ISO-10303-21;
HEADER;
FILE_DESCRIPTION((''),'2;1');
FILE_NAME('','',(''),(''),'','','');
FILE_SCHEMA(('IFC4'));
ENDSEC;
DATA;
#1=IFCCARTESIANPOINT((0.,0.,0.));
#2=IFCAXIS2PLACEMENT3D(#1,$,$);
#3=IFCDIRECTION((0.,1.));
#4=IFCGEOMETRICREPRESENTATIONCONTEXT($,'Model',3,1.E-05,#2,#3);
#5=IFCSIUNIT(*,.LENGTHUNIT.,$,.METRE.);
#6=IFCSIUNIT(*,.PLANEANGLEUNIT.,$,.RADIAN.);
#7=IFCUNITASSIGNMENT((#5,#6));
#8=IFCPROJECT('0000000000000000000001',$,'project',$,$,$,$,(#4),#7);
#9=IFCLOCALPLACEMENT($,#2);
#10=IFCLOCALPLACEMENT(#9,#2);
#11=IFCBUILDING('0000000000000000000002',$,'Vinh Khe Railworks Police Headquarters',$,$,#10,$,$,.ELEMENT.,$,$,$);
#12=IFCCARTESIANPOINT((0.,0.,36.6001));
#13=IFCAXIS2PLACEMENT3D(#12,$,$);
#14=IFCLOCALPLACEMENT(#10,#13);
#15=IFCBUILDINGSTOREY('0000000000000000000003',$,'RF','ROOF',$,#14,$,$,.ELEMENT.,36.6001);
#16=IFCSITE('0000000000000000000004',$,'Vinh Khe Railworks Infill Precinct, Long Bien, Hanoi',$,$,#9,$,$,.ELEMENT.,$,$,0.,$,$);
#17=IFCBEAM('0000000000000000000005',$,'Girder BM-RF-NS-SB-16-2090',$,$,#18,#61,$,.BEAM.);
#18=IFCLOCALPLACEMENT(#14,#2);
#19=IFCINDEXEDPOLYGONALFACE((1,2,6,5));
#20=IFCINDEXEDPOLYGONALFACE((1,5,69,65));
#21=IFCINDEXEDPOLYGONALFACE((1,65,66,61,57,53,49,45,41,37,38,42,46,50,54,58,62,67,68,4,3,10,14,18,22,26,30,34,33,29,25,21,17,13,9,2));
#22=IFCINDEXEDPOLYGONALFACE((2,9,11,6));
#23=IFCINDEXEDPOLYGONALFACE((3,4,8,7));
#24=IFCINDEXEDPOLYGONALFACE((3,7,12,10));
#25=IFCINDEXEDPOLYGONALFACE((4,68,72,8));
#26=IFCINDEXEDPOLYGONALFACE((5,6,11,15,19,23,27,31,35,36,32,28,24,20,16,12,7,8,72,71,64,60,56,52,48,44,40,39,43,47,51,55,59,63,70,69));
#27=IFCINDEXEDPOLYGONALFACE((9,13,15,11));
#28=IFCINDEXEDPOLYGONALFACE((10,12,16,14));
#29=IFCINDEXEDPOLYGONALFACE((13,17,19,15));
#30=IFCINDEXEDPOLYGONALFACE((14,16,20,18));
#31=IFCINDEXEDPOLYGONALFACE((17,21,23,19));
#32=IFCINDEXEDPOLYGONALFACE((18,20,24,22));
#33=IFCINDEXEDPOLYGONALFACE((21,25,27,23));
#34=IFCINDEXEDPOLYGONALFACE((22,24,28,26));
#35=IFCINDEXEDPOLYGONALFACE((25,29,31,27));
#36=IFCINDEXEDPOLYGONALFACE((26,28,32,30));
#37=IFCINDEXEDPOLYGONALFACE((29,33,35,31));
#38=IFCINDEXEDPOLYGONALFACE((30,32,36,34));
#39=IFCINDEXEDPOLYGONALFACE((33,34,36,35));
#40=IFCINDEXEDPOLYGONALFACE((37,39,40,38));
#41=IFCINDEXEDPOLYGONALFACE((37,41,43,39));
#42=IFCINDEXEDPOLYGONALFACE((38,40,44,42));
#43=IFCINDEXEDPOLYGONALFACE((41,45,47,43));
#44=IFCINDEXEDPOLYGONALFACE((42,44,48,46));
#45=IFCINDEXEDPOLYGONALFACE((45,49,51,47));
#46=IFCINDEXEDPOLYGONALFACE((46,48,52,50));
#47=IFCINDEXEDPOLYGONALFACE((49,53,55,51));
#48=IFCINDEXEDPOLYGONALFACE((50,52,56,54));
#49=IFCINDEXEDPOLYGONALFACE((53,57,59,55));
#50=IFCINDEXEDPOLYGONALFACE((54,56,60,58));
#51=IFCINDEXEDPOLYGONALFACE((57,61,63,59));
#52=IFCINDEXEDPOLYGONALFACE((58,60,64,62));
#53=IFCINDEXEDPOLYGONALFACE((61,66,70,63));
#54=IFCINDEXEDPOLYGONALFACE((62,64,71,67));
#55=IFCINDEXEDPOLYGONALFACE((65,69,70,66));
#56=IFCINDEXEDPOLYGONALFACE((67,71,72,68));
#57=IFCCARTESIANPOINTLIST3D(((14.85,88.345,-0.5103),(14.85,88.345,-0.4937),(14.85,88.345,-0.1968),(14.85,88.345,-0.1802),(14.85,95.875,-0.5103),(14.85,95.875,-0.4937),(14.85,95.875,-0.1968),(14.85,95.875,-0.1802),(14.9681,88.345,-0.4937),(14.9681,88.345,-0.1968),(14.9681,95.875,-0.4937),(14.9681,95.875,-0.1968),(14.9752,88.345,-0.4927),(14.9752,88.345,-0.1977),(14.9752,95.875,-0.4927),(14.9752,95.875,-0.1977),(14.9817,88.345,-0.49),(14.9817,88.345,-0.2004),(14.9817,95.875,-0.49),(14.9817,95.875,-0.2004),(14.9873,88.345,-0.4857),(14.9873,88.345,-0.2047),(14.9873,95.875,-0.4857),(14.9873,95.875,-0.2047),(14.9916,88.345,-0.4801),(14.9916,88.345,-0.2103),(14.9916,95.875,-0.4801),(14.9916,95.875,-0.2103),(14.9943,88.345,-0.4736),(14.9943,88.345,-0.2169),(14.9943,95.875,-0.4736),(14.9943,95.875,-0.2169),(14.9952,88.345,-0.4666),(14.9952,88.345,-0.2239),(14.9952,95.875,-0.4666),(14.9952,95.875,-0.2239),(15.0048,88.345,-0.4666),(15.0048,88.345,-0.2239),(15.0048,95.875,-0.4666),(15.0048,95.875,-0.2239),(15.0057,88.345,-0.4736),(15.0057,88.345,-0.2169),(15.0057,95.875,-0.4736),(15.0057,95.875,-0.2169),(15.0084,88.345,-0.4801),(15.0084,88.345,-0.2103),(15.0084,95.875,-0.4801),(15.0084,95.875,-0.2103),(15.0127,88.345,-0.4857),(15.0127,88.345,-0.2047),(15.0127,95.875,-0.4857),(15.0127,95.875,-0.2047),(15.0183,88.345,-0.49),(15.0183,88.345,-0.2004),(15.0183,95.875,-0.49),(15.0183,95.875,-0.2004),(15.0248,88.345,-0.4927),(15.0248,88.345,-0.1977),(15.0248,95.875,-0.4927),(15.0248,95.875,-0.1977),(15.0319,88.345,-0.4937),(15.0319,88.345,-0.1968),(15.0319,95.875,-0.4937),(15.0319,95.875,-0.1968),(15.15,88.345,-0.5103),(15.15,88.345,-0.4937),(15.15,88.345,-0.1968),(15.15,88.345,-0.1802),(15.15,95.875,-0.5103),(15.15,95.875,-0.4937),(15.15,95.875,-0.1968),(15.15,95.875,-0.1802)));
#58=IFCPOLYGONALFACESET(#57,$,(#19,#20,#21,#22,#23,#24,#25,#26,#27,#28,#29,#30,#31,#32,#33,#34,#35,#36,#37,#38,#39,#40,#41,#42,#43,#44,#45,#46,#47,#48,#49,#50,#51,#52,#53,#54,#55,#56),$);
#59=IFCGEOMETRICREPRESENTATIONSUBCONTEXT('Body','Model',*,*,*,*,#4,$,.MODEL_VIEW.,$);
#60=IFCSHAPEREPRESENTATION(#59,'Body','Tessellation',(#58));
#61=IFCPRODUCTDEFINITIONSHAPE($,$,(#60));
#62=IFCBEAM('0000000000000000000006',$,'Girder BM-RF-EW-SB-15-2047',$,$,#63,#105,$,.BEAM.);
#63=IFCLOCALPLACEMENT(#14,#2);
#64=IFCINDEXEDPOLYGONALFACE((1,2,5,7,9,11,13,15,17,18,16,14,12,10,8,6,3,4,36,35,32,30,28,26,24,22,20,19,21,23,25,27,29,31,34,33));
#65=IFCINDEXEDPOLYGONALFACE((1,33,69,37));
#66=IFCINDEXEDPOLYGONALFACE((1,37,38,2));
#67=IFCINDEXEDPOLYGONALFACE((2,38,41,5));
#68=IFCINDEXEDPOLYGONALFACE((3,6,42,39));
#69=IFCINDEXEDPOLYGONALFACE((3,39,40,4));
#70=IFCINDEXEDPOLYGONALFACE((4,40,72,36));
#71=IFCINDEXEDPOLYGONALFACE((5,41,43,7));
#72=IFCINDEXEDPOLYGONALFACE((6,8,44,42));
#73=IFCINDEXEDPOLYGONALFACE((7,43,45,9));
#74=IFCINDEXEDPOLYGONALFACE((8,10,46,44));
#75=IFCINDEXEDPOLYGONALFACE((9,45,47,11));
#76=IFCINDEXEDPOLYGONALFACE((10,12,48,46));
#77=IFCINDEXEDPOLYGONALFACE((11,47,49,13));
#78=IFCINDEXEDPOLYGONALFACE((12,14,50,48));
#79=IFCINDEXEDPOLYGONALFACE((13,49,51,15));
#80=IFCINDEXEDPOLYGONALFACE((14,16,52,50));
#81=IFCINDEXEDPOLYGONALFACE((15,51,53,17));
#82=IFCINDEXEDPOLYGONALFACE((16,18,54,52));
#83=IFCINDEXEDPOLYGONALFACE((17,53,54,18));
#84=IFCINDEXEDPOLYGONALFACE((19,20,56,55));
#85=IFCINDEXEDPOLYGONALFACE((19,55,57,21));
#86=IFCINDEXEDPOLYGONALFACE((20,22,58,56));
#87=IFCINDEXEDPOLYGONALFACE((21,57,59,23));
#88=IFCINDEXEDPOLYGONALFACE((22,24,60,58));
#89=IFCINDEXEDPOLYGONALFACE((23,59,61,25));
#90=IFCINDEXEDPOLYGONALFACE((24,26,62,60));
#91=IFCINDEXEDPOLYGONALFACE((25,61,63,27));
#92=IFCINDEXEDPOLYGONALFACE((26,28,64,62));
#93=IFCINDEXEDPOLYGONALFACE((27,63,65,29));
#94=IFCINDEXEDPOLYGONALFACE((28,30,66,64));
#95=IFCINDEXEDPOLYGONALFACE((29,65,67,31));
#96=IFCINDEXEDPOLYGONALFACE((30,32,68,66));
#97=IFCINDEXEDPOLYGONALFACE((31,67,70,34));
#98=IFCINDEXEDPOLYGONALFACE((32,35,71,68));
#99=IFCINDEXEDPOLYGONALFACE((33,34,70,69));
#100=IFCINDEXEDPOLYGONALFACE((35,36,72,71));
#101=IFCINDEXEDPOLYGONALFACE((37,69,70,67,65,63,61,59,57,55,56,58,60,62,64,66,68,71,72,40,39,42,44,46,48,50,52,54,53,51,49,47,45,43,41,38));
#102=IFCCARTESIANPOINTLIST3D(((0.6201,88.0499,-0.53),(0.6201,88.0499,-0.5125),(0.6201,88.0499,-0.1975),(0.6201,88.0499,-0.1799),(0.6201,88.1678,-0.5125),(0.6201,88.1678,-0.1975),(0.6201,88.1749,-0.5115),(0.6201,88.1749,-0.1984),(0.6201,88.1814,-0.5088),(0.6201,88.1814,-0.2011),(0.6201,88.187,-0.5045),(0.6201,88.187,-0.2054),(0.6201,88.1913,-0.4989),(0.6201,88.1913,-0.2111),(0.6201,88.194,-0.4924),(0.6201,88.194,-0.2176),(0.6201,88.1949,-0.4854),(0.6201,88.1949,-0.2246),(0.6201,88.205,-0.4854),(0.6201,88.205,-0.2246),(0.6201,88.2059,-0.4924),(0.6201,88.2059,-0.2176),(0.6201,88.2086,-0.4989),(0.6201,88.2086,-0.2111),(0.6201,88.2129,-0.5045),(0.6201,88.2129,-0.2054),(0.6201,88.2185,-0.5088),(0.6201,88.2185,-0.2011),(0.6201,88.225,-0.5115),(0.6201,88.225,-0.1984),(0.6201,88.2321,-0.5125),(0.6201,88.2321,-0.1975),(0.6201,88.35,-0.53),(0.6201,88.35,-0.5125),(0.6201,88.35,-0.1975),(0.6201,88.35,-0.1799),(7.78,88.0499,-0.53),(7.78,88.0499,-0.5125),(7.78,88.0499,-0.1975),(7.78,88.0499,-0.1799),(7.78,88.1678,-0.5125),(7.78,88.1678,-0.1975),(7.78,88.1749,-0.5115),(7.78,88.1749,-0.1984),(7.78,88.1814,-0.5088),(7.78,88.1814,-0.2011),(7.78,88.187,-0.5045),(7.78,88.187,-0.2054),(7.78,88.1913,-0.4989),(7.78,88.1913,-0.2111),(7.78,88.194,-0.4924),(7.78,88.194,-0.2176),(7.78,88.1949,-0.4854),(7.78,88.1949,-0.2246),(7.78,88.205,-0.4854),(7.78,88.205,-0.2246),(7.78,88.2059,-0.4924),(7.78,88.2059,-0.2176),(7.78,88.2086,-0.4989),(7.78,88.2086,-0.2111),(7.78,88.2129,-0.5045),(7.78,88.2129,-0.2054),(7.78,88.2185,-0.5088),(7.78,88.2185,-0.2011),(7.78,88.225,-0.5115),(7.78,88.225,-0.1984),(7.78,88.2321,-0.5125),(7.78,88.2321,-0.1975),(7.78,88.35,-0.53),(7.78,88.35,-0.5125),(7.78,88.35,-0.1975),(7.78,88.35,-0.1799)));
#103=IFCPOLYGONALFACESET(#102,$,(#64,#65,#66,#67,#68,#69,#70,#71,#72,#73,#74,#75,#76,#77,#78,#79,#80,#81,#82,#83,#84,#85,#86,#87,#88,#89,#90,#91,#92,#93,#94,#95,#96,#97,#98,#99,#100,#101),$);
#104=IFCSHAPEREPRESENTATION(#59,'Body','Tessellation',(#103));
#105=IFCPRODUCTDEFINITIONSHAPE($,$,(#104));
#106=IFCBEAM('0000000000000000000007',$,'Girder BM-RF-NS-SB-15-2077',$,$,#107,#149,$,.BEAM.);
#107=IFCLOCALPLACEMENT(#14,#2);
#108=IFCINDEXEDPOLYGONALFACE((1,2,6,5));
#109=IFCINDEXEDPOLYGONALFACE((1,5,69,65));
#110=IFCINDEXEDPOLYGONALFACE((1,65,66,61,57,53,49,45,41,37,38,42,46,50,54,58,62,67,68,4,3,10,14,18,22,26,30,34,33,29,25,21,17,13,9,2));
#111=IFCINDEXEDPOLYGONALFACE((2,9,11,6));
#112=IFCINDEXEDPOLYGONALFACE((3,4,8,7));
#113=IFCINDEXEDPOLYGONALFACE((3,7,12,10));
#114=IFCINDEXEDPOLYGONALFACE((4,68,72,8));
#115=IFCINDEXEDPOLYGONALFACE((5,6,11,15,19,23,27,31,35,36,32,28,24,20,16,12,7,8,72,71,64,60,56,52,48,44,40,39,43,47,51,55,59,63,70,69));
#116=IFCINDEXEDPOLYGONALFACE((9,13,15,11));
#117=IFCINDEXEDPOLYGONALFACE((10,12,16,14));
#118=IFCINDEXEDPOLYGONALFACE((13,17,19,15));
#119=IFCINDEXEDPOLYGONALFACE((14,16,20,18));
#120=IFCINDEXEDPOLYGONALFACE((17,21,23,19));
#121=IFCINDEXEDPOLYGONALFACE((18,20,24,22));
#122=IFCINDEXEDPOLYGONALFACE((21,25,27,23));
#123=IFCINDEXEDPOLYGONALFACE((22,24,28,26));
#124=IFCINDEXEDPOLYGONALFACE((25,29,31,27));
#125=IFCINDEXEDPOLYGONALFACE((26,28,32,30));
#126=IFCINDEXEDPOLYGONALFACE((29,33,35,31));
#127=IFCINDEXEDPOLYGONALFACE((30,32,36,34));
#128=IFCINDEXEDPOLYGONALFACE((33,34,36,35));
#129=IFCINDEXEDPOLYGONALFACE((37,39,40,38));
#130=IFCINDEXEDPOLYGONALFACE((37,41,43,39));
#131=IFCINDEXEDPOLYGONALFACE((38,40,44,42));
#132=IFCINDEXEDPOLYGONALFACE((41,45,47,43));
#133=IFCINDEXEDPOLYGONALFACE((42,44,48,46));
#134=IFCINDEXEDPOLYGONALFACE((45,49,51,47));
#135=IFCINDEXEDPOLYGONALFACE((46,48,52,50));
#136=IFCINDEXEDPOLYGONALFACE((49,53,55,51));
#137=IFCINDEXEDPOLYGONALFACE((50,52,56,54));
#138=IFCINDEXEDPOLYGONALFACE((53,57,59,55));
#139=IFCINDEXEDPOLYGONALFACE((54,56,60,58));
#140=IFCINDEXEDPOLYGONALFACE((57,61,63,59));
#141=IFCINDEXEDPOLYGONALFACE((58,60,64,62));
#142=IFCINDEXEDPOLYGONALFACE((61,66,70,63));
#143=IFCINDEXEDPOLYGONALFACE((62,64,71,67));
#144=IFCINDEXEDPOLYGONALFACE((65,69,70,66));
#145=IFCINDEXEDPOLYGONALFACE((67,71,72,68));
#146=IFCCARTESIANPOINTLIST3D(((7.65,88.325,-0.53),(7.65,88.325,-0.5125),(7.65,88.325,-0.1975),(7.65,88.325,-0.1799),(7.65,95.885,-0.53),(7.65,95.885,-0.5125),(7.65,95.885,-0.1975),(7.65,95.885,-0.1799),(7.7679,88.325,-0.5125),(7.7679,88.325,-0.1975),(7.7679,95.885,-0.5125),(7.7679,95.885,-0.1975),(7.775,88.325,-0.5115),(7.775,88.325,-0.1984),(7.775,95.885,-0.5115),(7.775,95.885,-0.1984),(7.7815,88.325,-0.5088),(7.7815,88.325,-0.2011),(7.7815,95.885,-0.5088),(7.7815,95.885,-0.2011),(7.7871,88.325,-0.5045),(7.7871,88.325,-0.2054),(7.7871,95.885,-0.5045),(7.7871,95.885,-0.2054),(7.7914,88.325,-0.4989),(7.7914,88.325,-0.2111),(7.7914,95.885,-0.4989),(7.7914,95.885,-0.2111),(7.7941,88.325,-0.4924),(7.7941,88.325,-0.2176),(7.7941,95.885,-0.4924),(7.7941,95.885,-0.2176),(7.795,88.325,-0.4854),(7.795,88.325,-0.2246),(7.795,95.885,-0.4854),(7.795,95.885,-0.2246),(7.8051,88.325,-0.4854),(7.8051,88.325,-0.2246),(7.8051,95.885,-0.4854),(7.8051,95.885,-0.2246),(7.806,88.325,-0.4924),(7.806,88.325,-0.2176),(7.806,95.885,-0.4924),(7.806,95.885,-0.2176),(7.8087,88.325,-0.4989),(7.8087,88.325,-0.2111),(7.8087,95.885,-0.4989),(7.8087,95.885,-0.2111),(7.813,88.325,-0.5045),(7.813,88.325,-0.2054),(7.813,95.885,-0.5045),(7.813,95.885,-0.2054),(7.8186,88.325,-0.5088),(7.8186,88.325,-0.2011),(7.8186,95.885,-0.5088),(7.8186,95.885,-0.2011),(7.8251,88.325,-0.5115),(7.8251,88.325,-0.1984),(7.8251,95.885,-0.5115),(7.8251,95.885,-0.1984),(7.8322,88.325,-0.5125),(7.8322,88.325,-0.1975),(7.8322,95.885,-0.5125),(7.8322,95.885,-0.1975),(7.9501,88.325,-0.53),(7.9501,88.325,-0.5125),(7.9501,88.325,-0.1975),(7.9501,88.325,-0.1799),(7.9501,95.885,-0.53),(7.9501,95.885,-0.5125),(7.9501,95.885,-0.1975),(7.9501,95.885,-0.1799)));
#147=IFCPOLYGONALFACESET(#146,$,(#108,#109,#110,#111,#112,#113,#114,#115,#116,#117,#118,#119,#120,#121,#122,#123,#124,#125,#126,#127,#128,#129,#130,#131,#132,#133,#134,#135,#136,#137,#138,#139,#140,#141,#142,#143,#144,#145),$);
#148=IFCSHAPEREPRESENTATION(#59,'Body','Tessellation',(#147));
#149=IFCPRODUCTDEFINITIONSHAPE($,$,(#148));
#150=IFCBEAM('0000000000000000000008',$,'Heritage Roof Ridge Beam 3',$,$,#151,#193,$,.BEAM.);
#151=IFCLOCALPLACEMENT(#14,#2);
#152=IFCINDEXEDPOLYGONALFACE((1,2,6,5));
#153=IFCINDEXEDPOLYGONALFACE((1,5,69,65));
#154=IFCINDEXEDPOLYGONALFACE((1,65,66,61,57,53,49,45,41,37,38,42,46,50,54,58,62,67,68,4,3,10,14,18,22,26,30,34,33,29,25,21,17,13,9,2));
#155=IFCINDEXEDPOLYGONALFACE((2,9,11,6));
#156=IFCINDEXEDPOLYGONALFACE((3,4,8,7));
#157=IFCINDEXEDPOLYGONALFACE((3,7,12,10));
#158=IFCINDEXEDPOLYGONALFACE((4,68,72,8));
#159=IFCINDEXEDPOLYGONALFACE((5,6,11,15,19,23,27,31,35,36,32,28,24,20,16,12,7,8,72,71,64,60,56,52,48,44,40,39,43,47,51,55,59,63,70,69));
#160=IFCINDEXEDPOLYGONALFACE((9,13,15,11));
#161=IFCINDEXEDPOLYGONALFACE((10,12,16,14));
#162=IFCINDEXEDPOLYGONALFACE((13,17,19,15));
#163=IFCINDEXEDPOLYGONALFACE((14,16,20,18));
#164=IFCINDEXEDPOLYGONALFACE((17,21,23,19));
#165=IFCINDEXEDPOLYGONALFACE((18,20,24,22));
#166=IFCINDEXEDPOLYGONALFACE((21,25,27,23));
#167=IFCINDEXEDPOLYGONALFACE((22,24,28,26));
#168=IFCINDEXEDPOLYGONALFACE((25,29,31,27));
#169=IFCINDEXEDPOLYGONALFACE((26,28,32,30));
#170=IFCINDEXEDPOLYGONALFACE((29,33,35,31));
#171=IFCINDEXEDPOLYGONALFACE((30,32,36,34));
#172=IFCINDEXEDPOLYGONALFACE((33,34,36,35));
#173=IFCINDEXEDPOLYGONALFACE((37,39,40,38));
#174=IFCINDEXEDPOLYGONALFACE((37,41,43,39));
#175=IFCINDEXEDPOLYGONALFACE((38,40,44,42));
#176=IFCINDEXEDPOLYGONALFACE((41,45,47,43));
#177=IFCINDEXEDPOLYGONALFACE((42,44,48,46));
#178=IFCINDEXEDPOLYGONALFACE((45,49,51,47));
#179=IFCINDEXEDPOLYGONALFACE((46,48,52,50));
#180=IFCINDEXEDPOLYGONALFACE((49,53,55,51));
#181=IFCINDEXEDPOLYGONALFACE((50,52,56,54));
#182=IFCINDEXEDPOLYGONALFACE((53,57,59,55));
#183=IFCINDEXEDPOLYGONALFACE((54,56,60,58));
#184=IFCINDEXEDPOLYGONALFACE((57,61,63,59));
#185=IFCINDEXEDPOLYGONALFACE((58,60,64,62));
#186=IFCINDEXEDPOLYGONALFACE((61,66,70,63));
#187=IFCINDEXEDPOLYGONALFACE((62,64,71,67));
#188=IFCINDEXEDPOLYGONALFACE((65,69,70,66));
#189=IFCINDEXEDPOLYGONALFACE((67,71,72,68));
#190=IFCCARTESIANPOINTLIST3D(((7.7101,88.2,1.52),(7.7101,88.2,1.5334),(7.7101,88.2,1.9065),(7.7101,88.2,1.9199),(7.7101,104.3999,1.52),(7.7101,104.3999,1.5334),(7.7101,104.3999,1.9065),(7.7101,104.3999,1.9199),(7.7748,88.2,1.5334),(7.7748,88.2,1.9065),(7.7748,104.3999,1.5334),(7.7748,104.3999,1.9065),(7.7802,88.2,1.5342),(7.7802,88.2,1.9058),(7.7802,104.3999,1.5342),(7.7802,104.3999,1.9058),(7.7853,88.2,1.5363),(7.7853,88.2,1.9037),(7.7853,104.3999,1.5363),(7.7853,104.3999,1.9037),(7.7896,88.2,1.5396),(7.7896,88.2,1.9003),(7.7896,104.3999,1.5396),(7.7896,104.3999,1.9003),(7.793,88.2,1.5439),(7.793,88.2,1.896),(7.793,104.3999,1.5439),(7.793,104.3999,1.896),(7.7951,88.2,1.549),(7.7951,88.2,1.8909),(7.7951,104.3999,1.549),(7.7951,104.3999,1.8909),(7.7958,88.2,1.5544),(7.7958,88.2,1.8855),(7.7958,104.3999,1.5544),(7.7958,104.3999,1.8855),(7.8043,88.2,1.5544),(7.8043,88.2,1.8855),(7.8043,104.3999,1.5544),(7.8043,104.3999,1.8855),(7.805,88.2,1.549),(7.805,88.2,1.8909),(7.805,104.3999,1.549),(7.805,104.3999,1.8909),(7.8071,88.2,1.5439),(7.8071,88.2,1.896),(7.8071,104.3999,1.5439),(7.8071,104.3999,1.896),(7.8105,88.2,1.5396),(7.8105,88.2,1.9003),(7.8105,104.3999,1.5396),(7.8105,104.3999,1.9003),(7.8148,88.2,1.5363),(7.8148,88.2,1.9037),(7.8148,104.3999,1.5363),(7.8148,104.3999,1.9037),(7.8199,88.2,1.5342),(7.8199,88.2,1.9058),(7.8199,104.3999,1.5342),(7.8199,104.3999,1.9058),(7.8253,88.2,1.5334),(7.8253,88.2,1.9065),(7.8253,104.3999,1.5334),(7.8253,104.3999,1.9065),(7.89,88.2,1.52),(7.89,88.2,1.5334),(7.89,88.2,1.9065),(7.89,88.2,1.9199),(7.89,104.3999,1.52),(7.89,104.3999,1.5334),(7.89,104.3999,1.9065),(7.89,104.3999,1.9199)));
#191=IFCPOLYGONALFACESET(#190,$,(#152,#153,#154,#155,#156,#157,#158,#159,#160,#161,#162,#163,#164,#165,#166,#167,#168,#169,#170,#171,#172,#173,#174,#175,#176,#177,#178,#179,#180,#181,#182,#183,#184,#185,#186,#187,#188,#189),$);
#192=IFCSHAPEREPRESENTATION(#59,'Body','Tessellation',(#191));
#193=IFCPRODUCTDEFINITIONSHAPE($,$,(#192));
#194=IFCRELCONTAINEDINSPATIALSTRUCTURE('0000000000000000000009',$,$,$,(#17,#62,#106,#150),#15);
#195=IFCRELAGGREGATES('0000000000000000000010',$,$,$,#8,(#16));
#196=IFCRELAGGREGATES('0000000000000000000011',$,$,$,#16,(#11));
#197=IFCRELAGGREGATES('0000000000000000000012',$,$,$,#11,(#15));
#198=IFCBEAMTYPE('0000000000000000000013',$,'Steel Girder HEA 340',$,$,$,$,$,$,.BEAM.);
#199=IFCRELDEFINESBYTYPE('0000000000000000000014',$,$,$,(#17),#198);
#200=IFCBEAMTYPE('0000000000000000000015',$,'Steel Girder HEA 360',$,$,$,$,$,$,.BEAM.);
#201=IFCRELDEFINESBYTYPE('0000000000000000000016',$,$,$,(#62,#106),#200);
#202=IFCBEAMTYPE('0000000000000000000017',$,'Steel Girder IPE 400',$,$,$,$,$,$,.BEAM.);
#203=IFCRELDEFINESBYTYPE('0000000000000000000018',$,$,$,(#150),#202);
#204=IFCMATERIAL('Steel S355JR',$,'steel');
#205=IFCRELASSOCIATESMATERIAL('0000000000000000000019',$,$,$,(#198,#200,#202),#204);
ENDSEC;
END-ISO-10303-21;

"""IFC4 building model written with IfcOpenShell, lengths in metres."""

from ifc_helpers import new_model, si_unit, direction, frame, origin, origin_2d, place, context, subcontext, project, spatial, i_section, extrude, material, material_profile, profile_set, type_object, element, save


model = new_model("IFC4")

# Units and contexts
model_context = context("Model", 3, precision=1e-05, world=origin(), true_north=direction((0.0, 1.0)))
body_context = subcontext(model_context, "Body", "Model", "MODEL_VIEW")
ifc_project = project(units=[si_unit("LENGTHUNIT", "METRE"), si_unit("PLANEANGLEUNIT", "RADIAN")], contexts=[model_context])

# Site, building, storey
site_placement = place(None, origin())
site = spatial("IfcSite", under=ifc_project, at=site_placement, Name="Vinh Khe Railworks Infill Precinct, Long Bien, Hanoi", CompositionType="ELEMENT", RefElevation=0.0)
building_placement = place(site_placement, origin())
building = spatial("IfcBuilding", under=site, at=building_placement, Name="Vinh Khe Railworks Police Headquarters", CompositionType="ELEMENT")
storey_placement = place(building_placement, frame((0.0, 0.0, 36.6001)))
storey = spatial("IfcBuildingStorey", under=building, at=storey_placement, Name="RF", Description="ROOF", CompositionType="ELEMENT", Elevation=36.6001)

# Shared definitions
ifc_material_1 = material(Name="Steel S355JR", Category="steel")

# Beams
ifc_material_profile_1 = material_profile(ifc_material_1, i_section(OverallWidth=0.3, OverallDepth=0.3301, WebThickness=0.0095, FlangeThickness=0.0166, FilletRadius=0.0271, at=origin_2d()), Name="HEA 340")
ifc_profile_set_1 = profile_set([ifc_material_profile_1], Name="Steel S355JR")
beam_type_1 = type_object("IfcBeamType", Name="Steel Girder HEA 340", PredefinedType="BEAM", material=ifc_profile_set_1)
beam_1_placement = place(storey_placement, frame((15.0, 88.345, -0.3452), z_axis=(0.0, 1.0, 0.0), x_axis=(-1.0, 0.0, 0.0)))
element("IfcBeam", 1, at=beam_1_placement, inside=storey, type_object=beam_type_1, Name="Girder BM-RF-NS-SB-16-2090", PredefinedType="BEAM", context=body_context, shape_type="SweptSolid", body=[
    extrude(i_section(OverallWidth=0.3, OverallDepth=0.3301, WebThickness=0.0095, FlangeThickness=0.0166, FilletRadius=0.0271, at=origin_2d()), origin(), (0.0, 0.0, 1.0), 7.53),
])
ifc_material_profile_2 = material_profile(ifc_material_1, i_section(OverallWidth=0.3, OverallDepth=0.3501, WebThickness=0.01, FlangeThickness=0.0176, FilletRadius=0.0271, at=origin_2d()), Name="HEA 360")
ifc_profile_set_2 = profile_set([ifc_material_profile_2], Name="Steel S355JR")
beam_type_2 = type_object("IfcBeamType", Name="Steel Girder HEA 360", PredefinedType="BEAM", material=ifc_profile_set_2)
beam_2_placement = place(storey_placement, frame((0.6201, 88.2, -0.355), z_axis=(1.0, 0.0, 0.0), x_axis=(0.0, 1.0, 0.0)))
element("IfcBeam", 2, at=beam_2_placement, inside=storey, type_object=beam_type_2, Name="Girder BM-RF-EW-SB-15-2047", PredefinedType="BEAM", context=body_context, shape_type="SweptSolid", body=[
    extrude(i_section(OverallWidth=0.3, OverallDepth=0.3501, WebThickness=0.01, FlangeThickness=0.0176, FilletRadius=0.0271, at=origin_2d()), origin(), (0.0, 0.0, 1.0), 7.1599),
])
beam_3_placement = place(storey_placement, frame((7.8, 88.325, -0.355), z_axis=(0.0, 1.0, 0.0), x_axis=(-1.0, 0.0, 0.0)))
element("IfcBeam", 3, at=beam_3_placement, inside=storey, type_object=beam_type_2, Name="Girder BM-RF-NS-SB-15-2077", PredefinedType="BEAM", context=body_context, shape_type="SweptSolid", body=[
    extrude(i_section(OverallWidth=0.3, OverallDepth=0.3501, WebThickness=0.01, FlangeThickness=0.0176, FilletRadius=0.0271, at=origin_2d()), origin(), (0.0, 0.0, 1.0), 7.5601),
])
ifc_material_profile_3 = material_profile(ifc_material_1, i_section(OverallWidth=0.1799, OverallDepth=0.3999, WebThickness=0.0085, FlangeThickness=0.0134, FilletRadius=0.021, at=origin_2d()), Name="IPE 400")
ifc_profile_set_3 = profile_set([ifc_material_profile_3], Name="Steel S355JR")
beam_type_3 = type_object("IfcBeamType", Name="Steel Girder IPE 400", PredefinedType="BEAM", material=ifc_profile_set_3)
beam_4_placement = place(storey_placement, frame((7.8, 88.2, 1.72), z_axis=(0.0, 1.0, 0.0), x_axis=(-1.0, 0.0, 0.0)))
element("IfcBeam", 4, at=beam_4_placement, inside=storey, type_object=beam_type_3, Name="Heritage Roof Ridge Beam 3", PredefinedType="BEAM", context=body_context, shape_type="SweptSolid", body=[
    extrude(i_section(OverallWidth=0.1799, OverallDepth=0.3999, WebThickness=0.0085, FlangeThickness=0.0134, FilletRadius=0.021, at=origin_2d()), origin(), (0.0, 0.0, 1.0), 16.2),
])

save(model, "model.ifc")
